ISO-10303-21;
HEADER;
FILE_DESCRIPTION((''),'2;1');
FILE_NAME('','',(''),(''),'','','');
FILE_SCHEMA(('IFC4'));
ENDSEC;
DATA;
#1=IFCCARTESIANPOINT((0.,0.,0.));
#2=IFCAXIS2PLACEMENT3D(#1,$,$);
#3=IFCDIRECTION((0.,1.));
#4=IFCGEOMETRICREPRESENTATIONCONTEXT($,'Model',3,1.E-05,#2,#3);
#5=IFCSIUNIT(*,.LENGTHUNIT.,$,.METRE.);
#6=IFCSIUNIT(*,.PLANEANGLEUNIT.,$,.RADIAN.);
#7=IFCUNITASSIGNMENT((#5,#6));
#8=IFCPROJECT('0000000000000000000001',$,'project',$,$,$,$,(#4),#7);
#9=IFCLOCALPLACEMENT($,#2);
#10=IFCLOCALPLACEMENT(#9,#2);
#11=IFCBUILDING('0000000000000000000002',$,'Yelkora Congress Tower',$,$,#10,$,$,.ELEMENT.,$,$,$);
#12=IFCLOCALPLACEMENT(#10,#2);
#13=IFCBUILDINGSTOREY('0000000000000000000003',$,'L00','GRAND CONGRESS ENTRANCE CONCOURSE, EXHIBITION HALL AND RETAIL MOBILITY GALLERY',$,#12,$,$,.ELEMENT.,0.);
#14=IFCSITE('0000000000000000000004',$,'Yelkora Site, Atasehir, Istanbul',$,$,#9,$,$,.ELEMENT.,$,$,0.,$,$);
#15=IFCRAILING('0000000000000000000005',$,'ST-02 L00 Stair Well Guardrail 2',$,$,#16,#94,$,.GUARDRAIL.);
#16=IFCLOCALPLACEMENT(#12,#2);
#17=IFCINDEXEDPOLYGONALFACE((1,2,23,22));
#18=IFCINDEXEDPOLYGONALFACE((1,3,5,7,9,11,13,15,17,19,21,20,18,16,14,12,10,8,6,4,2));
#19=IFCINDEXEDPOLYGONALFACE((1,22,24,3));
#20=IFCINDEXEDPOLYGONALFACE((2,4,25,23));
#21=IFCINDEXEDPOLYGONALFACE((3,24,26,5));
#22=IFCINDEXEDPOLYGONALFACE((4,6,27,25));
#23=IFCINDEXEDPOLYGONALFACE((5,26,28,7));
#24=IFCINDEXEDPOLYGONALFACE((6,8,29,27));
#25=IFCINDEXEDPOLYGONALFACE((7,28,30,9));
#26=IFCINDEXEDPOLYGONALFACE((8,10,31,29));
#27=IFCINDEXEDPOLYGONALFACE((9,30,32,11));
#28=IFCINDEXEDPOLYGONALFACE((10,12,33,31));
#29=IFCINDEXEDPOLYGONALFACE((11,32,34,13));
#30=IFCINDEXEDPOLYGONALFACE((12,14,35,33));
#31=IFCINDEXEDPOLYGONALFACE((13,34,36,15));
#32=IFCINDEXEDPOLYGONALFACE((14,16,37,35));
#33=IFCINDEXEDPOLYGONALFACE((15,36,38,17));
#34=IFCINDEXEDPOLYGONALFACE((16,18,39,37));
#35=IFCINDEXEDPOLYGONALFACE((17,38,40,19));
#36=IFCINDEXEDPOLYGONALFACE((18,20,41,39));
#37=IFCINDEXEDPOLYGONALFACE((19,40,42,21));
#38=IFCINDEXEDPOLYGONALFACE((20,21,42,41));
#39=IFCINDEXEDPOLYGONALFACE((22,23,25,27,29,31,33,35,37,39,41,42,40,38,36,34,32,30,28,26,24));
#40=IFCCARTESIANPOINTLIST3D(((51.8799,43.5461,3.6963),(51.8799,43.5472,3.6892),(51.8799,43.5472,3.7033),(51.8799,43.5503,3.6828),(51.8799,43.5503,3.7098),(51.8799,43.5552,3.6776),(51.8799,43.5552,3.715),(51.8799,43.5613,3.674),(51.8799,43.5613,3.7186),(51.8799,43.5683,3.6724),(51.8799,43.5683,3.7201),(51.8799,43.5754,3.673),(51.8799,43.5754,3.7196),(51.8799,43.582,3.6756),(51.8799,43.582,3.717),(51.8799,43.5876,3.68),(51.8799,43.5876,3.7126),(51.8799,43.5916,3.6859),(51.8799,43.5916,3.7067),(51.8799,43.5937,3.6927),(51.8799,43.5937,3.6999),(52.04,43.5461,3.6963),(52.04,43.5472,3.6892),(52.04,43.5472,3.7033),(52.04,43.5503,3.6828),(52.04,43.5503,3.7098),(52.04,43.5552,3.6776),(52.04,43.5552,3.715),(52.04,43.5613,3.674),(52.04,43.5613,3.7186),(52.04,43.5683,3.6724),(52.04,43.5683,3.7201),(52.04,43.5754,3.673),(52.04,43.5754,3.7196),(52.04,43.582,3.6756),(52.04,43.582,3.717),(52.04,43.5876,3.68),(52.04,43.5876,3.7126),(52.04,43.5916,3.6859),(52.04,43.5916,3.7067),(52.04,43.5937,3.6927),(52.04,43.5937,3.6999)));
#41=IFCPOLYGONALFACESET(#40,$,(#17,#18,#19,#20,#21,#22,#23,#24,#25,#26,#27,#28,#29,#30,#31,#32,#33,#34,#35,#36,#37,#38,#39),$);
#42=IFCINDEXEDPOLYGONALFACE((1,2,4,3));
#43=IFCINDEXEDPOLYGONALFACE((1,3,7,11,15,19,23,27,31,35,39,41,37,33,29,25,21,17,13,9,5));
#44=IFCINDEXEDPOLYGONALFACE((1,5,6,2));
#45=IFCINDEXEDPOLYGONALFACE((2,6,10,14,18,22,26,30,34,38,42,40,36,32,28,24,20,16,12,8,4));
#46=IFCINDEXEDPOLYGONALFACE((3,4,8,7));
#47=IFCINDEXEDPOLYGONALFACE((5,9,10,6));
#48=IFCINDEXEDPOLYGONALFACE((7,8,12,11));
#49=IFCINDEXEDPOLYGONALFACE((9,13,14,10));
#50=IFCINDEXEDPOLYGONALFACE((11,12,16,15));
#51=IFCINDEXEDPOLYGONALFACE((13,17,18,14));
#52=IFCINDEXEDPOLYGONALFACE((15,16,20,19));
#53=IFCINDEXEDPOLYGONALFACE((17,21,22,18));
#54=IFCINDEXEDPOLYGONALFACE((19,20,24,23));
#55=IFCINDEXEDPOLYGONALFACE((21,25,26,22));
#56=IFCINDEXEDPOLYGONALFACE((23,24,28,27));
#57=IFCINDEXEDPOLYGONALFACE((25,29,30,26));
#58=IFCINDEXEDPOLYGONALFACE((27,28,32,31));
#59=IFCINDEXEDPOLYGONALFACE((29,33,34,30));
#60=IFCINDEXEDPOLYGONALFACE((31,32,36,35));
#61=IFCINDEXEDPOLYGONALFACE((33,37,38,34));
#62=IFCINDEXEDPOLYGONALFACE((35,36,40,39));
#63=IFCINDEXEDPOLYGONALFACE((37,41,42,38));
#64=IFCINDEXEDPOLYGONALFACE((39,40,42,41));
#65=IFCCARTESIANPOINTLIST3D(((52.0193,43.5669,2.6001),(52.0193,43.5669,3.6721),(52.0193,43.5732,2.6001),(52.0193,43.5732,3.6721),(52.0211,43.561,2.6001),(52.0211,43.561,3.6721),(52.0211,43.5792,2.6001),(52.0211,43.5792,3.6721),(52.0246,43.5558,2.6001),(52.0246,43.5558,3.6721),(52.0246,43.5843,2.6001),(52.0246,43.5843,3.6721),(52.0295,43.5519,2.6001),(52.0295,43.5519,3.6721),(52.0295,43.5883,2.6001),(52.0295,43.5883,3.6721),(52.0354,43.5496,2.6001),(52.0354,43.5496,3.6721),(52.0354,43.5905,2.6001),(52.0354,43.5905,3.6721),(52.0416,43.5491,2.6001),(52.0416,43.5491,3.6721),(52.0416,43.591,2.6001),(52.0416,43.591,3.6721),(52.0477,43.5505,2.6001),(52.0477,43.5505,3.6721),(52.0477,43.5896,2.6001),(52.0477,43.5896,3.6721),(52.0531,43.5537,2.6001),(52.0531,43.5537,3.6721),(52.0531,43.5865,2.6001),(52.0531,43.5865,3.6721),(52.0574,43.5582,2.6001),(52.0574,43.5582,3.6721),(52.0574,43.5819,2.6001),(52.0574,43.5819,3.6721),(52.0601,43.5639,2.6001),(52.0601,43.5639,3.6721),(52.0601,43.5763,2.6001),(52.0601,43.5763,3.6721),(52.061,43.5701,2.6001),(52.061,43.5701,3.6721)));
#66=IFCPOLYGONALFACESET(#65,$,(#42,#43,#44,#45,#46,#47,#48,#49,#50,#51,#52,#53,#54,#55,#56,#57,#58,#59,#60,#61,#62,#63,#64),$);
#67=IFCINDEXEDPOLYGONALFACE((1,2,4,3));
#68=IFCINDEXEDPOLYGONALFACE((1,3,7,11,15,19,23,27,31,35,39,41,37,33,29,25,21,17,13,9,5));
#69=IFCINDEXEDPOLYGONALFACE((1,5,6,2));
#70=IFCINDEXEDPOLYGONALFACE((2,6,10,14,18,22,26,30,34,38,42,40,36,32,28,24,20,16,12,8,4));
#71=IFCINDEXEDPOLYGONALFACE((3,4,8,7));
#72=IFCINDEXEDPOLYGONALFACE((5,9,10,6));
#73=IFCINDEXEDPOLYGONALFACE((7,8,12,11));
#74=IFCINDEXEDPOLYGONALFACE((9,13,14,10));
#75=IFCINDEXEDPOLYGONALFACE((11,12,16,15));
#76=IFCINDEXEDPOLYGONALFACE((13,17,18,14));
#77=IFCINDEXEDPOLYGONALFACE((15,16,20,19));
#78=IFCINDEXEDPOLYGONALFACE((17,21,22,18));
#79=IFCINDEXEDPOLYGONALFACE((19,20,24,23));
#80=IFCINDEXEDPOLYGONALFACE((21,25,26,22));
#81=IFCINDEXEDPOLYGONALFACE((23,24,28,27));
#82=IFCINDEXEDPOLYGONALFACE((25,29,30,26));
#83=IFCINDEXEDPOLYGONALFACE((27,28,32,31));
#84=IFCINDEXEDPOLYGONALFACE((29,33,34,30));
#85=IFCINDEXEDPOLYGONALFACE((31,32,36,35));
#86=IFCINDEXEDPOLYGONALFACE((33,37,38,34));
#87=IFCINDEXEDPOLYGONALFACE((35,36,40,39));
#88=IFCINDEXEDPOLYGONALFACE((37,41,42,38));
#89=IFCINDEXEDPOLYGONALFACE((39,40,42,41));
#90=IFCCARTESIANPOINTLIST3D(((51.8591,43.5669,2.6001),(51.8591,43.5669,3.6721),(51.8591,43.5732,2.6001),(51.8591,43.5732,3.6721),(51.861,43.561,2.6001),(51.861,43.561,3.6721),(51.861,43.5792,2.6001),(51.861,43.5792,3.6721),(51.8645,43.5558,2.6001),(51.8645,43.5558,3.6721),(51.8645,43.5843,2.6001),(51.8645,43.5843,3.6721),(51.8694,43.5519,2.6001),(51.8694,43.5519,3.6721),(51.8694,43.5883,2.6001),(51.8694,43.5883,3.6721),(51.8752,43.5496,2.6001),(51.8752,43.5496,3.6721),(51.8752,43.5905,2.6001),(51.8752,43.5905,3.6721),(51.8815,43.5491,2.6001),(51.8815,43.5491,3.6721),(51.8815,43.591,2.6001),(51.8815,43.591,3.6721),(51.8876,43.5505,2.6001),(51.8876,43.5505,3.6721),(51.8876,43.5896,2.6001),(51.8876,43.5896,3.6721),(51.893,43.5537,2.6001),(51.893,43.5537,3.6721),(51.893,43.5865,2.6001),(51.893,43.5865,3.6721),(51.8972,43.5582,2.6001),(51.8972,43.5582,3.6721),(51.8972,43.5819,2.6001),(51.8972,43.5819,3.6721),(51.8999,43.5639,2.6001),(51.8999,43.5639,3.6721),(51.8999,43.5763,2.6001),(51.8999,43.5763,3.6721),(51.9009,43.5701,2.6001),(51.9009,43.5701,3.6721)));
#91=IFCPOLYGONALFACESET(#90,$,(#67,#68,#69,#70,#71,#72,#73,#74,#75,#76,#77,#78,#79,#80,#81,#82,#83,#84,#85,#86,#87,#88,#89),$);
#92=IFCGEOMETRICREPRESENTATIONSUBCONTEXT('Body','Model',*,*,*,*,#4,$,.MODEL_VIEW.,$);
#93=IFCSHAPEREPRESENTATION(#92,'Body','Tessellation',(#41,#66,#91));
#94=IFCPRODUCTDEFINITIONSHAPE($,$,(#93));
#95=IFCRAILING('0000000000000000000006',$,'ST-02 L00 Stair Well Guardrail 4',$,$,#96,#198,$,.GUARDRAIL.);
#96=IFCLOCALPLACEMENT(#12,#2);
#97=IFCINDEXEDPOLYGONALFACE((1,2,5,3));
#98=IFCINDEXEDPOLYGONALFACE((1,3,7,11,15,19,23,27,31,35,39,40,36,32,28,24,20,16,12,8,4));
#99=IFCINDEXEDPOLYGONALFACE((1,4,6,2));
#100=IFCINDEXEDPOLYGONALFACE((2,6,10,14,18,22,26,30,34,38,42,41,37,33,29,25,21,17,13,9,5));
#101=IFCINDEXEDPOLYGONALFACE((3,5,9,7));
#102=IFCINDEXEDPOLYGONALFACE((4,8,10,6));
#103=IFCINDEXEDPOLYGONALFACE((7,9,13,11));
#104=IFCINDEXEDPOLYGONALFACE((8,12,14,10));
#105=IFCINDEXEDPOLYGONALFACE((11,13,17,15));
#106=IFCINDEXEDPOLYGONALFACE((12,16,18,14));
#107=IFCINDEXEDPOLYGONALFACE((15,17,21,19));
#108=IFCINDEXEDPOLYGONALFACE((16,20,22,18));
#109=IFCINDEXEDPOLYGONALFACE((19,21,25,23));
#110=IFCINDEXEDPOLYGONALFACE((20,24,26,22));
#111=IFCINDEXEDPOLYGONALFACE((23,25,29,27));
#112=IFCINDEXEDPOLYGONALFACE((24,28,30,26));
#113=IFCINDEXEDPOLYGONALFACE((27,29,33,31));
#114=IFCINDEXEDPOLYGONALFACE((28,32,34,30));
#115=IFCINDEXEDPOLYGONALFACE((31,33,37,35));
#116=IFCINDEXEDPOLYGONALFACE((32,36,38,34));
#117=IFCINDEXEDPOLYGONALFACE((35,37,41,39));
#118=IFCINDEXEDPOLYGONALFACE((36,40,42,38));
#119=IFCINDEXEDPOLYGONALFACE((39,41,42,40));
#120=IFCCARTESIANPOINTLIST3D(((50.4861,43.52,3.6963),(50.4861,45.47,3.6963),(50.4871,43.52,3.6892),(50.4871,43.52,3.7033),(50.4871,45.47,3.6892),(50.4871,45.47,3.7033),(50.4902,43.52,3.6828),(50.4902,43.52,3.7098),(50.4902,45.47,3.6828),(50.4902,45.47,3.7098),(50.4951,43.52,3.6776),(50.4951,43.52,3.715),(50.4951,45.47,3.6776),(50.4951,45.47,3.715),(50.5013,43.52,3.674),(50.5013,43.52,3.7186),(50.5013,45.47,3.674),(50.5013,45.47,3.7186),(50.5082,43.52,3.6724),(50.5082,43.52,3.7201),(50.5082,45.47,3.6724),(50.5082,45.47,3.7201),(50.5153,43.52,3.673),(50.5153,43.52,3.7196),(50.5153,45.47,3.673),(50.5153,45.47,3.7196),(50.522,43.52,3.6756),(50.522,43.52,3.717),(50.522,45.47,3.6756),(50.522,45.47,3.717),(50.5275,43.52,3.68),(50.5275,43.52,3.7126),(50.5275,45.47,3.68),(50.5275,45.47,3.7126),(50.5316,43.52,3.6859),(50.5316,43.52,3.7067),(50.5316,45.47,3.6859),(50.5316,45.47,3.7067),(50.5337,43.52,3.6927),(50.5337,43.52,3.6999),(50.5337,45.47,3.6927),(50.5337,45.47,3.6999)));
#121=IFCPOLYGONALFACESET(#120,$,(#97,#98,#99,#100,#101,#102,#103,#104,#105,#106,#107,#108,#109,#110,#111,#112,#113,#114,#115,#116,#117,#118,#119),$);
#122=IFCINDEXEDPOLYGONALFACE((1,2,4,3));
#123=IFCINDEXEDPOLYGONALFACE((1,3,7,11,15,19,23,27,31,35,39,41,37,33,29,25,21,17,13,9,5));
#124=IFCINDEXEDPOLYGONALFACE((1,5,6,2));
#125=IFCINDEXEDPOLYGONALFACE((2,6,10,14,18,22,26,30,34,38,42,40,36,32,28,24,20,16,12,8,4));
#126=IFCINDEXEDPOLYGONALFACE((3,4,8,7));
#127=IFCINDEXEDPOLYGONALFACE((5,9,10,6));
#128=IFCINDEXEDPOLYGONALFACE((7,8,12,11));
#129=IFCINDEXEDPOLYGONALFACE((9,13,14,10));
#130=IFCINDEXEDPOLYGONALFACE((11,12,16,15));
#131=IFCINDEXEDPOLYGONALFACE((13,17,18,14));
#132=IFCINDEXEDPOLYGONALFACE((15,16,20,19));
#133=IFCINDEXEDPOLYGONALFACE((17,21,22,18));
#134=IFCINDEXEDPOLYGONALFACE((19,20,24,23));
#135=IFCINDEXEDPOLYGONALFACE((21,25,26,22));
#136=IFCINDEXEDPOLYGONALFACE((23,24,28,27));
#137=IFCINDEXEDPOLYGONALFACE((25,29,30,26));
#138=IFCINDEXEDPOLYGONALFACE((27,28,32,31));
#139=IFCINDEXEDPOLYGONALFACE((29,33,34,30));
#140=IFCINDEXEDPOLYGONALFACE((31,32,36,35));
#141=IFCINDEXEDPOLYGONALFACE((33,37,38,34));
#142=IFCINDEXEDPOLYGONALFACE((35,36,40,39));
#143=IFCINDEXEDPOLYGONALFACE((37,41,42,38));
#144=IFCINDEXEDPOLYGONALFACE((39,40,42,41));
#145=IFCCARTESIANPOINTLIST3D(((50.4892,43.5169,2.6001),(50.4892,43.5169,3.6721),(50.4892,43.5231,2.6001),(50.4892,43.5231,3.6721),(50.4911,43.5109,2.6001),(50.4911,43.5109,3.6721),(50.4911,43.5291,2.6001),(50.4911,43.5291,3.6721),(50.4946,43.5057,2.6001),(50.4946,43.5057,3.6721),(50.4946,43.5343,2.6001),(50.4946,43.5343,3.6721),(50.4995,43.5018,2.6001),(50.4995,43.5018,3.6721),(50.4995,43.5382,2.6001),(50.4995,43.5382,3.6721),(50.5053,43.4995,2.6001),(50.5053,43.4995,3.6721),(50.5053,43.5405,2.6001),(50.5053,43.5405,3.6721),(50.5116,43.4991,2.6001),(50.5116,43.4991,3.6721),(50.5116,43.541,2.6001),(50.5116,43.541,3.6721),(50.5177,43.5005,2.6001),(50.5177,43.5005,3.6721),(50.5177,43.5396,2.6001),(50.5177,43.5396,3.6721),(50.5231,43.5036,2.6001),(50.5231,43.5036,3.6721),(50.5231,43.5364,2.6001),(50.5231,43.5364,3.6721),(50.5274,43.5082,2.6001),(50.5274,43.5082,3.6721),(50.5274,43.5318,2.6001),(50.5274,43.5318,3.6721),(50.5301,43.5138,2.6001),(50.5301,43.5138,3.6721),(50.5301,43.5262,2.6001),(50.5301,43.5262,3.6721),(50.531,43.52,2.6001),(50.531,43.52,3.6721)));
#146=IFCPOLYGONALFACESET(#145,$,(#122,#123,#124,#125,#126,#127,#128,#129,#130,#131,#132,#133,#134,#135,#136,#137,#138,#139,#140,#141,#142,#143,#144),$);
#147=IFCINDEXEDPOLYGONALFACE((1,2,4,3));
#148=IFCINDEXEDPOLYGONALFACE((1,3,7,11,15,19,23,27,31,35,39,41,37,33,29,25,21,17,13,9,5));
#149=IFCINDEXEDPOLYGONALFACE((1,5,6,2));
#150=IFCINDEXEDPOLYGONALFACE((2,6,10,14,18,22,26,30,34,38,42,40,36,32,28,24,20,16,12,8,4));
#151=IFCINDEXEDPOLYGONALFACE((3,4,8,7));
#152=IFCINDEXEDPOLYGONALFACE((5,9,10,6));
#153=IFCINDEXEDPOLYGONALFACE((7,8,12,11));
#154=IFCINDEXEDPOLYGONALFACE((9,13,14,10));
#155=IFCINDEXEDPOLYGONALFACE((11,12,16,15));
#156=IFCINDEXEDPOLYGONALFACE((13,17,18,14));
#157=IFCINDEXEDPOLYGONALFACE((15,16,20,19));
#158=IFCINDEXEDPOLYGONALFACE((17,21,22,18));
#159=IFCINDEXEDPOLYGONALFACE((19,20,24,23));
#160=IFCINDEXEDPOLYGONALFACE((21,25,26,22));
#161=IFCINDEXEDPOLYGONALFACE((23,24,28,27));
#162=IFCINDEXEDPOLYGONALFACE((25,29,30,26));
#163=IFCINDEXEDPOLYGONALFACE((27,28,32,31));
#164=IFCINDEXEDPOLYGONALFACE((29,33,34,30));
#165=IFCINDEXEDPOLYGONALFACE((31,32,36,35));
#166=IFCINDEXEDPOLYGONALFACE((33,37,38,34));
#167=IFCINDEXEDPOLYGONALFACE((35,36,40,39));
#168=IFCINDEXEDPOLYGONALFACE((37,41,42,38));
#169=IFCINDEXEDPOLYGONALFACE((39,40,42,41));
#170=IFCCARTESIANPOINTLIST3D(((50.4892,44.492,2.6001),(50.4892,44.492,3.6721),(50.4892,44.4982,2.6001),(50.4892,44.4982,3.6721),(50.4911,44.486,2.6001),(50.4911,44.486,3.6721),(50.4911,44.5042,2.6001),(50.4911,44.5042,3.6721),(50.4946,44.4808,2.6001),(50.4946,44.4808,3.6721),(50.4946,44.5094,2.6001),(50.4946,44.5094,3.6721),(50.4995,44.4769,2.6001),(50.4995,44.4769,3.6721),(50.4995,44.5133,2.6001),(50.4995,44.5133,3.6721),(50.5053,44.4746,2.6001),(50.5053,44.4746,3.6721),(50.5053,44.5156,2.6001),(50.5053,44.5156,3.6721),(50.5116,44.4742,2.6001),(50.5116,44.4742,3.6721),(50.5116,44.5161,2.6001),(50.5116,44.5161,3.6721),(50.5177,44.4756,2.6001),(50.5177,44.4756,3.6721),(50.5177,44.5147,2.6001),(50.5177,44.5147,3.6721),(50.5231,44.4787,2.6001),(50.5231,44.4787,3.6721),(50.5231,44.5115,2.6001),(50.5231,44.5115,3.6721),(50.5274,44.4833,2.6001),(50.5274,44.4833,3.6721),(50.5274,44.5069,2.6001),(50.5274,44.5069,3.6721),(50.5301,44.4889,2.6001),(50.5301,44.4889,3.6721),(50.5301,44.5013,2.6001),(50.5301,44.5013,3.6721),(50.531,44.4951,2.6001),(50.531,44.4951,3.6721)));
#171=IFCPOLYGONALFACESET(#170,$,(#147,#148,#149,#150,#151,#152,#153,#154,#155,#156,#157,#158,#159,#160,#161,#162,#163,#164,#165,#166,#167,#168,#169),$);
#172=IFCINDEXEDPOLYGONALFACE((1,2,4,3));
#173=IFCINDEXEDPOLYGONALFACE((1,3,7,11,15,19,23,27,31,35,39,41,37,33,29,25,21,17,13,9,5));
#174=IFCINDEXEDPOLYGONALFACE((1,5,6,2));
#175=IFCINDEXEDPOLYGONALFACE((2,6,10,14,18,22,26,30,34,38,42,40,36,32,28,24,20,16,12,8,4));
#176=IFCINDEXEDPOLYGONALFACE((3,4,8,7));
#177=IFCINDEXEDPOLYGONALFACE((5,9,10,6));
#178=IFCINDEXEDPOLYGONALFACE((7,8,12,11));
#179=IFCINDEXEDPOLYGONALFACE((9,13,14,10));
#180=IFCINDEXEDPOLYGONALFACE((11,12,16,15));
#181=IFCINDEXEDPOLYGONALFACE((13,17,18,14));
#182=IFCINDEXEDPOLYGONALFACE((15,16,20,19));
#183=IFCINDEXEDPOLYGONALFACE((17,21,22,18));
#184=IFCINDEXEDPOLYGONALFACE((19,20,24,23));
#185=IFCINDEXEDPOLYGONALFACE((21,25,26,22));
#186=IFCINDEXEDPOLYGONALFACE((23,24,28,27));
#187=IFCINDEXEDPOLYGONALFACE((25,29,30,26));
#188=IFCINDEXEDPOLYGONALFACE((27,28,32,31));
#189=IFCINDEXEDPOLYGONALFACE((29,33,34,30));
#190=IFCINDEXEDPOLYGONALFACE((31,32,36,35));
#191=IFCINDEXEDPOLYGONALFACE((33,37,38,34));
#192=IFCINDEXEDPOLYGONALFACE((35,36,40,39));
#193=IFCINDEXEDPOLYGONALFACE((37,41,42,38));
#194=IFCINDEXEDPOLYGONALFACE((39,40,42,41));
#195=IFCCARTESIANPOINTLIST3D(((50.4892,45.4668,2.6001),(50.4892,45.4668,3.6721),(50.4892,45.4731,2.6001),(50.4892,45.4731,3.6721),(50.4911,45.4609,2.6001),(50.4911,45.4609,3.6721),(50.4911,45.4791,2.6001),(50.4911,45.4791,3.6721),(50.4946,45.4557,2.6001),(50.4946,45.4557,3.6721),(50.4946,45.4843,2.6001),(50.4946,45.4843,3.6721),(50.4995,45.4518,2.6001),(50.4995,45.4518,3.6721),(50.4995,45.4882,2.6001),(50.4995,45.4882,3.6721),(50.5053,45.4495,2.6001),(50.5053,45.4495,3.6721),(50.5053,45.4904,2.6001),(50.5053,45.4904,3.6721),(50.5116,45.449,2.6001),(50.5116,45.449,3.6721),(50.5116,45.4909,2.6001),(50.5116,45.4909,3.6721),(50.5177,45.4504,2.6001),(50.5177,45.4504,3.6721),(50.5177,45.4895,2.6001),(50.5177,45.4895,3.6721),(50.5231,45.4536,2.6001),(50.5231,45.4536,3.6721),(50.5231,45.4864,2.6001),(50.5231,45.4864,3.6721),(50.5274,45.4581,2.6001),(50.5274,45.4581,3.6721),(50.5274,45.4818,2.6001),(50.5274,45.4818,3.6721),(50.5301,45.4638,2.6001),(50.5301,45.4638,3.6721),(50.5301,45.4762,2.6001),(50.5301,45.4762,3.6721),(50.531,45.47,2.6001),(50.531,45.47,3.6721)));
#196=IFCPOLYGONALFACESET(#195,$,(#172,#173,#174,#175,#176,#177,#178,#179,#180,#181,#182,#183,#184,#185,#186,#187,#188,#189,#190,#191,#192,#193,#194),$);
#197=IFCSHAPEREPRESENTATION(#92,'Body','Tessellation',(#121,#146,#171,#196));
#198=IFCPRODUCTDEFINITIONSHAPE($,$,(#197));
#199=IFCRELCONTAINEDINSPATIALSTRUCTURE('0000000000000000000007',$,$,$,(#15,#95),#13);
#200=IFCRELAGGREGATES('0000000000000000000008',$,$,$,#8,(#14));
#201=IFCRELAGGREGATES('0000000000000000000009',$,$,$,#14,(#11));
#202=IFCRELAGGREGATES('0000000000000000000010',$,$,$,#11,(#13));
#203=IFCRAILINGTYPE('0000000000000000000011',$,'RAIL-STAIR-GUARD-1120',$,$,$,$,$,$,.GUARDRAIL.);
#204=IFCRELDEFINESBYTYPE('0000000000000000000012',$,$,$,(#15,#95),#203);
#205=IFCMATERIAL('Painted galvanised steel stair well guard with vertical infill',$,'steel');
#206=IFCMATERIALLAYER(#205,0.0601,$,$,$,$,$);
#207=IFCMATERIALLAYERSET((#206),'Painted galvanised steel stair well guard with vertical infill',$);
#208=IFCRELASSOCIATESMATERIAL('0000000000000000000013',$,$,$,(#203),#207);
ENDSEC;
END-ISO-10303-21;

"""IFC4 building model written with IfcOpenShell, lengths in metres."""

from ifc_helpers import new_model, si_unit, direction, frame, origin, origin_2d, place, context, subcontext, project, spatial, circle, extrude, material, layer, layer_set, type_object, element, save


model = new_model("IFC4")

# Units and contexts
model_context = context("Model", 3, precision=1e-05, world=origin(), true_north=direction((0.0, 1.0)))
body_context = subcontext(model_context, "Body", "Model", "MODEL_VIEW")
ifc_project = project(units=[si_unit("LENGTHUNIT", "METRE"), si_unit("PLANEANGLEUNIT", "RADIAN")], contexts=[model_context])

# Site, building, storey
site_placement = place(None, origin())
site = spatial("IfcSite", under=ifc_project, at=site_placement, Name="Yelkora Site, Atasehir, Istanbul", CompositionType="ELEMENT", RefElevation=0.0)
building_placement = place(site_placement, origin())
building = spatial("IfcBuilding", under=site, at=building_placement, Name="Yelkora Congress Tower", CompositionType="ELEMENT")
storey_placement = place(building_placement, origin())
storey = spatial("IfcBuildingStorey", under=building, at=storey_placement, Name="L00", Description="GRAND CONGRESS ENTRANCE CONCOURSE, EXHIBITION HALL AND RETAIL MOBILITY GALLERY", CompositionType="ELEMENT", Elevation=0.0)

# Railings
ifc_material_1 = material(Name="Painted galvanised steel stair well guard with vertical infill", Category="steel")
ifc_layer_1 = layer(ifc_material_1, 0.0601)
ifc_layer_set_1 = layer_set([ifc_layer_1], Name="Painted galvanised steel stair well guard with vertical infill")
railing_type_1 = type_object("IfcRailingType", Name="RAIL-STAIR-GUARD-1120", PredefinedType="GUARDRAIL", material=ifc_layer_set_1)
railing_1_placement = place(storey_placement, frame((52.04, 43.5701, 2.6001)))
element("IfcRailing", 1, at=railing_1_placement, inside=storey, type_object=railing_type_1, Name="ST-02 L00 Stair Well Guardrail 2", PredefinedType="GUARDRAIL", context=body_context, shape_type="SweptSolid", body=[
    extrude(circle(Radius=0.0239, at=origin_2d()), frame((0.0, 0.0, 1.0962), z_axis=(-1.0, 0.0, 0.0), x_axis=(0.0, -1.0, 0.0)), (0.0, 0.0, 1.0), 0.1602),
    extrude(circle(Radius=0.021, at=origin_2d()), origin(), (0.0, 0.0, 1.0), 1.072),
    extrude(circle(Radius=0.021, at=origin_2d()), frame((-0.1602, 0.0, 0.0)), (0.0, 0.0, 1.0), 1.072),
])
railing_2_placement = place(storey_placement, frame((50.51, 43.52, 2.6001)))
element("IfcRailing", 2, at=railing_2_placement, inside=storey, type_object=railing_type_1, Name="ST-02 L00 Stair Well Guardrail 4", PredefinedType="GUARDRAIL", context=body_context, shape_type="SweptSolid", body=[
    extrude(circle(Radius=0.0239, at=origin_2d()), frame((0.0, 0.0, 1.0962), z_axis=(0.0, 1.0, 0.0), x_axis=(-1.0, 0.0, 0.0)), (0.0, 0.0, 1.0), 1.95),
    extrude(circle(Radius=0.021, at=origin_2d()), origin(), (0.0, 0.0, 1.0), 1.072),
    extrude(circle(Radius=0.021, at=origin_2d()), frame((0.0, 0.9751, 0.0)), (0.0, 0.0, 1.0), 1.072),
    extrude(circle(Radius=0.021, at=origin_2d()), frame((0.0, 1.95, 0.0)), (0.0, 0.0, 1.0), 1.072),
])

save(model, "model.ifc")
